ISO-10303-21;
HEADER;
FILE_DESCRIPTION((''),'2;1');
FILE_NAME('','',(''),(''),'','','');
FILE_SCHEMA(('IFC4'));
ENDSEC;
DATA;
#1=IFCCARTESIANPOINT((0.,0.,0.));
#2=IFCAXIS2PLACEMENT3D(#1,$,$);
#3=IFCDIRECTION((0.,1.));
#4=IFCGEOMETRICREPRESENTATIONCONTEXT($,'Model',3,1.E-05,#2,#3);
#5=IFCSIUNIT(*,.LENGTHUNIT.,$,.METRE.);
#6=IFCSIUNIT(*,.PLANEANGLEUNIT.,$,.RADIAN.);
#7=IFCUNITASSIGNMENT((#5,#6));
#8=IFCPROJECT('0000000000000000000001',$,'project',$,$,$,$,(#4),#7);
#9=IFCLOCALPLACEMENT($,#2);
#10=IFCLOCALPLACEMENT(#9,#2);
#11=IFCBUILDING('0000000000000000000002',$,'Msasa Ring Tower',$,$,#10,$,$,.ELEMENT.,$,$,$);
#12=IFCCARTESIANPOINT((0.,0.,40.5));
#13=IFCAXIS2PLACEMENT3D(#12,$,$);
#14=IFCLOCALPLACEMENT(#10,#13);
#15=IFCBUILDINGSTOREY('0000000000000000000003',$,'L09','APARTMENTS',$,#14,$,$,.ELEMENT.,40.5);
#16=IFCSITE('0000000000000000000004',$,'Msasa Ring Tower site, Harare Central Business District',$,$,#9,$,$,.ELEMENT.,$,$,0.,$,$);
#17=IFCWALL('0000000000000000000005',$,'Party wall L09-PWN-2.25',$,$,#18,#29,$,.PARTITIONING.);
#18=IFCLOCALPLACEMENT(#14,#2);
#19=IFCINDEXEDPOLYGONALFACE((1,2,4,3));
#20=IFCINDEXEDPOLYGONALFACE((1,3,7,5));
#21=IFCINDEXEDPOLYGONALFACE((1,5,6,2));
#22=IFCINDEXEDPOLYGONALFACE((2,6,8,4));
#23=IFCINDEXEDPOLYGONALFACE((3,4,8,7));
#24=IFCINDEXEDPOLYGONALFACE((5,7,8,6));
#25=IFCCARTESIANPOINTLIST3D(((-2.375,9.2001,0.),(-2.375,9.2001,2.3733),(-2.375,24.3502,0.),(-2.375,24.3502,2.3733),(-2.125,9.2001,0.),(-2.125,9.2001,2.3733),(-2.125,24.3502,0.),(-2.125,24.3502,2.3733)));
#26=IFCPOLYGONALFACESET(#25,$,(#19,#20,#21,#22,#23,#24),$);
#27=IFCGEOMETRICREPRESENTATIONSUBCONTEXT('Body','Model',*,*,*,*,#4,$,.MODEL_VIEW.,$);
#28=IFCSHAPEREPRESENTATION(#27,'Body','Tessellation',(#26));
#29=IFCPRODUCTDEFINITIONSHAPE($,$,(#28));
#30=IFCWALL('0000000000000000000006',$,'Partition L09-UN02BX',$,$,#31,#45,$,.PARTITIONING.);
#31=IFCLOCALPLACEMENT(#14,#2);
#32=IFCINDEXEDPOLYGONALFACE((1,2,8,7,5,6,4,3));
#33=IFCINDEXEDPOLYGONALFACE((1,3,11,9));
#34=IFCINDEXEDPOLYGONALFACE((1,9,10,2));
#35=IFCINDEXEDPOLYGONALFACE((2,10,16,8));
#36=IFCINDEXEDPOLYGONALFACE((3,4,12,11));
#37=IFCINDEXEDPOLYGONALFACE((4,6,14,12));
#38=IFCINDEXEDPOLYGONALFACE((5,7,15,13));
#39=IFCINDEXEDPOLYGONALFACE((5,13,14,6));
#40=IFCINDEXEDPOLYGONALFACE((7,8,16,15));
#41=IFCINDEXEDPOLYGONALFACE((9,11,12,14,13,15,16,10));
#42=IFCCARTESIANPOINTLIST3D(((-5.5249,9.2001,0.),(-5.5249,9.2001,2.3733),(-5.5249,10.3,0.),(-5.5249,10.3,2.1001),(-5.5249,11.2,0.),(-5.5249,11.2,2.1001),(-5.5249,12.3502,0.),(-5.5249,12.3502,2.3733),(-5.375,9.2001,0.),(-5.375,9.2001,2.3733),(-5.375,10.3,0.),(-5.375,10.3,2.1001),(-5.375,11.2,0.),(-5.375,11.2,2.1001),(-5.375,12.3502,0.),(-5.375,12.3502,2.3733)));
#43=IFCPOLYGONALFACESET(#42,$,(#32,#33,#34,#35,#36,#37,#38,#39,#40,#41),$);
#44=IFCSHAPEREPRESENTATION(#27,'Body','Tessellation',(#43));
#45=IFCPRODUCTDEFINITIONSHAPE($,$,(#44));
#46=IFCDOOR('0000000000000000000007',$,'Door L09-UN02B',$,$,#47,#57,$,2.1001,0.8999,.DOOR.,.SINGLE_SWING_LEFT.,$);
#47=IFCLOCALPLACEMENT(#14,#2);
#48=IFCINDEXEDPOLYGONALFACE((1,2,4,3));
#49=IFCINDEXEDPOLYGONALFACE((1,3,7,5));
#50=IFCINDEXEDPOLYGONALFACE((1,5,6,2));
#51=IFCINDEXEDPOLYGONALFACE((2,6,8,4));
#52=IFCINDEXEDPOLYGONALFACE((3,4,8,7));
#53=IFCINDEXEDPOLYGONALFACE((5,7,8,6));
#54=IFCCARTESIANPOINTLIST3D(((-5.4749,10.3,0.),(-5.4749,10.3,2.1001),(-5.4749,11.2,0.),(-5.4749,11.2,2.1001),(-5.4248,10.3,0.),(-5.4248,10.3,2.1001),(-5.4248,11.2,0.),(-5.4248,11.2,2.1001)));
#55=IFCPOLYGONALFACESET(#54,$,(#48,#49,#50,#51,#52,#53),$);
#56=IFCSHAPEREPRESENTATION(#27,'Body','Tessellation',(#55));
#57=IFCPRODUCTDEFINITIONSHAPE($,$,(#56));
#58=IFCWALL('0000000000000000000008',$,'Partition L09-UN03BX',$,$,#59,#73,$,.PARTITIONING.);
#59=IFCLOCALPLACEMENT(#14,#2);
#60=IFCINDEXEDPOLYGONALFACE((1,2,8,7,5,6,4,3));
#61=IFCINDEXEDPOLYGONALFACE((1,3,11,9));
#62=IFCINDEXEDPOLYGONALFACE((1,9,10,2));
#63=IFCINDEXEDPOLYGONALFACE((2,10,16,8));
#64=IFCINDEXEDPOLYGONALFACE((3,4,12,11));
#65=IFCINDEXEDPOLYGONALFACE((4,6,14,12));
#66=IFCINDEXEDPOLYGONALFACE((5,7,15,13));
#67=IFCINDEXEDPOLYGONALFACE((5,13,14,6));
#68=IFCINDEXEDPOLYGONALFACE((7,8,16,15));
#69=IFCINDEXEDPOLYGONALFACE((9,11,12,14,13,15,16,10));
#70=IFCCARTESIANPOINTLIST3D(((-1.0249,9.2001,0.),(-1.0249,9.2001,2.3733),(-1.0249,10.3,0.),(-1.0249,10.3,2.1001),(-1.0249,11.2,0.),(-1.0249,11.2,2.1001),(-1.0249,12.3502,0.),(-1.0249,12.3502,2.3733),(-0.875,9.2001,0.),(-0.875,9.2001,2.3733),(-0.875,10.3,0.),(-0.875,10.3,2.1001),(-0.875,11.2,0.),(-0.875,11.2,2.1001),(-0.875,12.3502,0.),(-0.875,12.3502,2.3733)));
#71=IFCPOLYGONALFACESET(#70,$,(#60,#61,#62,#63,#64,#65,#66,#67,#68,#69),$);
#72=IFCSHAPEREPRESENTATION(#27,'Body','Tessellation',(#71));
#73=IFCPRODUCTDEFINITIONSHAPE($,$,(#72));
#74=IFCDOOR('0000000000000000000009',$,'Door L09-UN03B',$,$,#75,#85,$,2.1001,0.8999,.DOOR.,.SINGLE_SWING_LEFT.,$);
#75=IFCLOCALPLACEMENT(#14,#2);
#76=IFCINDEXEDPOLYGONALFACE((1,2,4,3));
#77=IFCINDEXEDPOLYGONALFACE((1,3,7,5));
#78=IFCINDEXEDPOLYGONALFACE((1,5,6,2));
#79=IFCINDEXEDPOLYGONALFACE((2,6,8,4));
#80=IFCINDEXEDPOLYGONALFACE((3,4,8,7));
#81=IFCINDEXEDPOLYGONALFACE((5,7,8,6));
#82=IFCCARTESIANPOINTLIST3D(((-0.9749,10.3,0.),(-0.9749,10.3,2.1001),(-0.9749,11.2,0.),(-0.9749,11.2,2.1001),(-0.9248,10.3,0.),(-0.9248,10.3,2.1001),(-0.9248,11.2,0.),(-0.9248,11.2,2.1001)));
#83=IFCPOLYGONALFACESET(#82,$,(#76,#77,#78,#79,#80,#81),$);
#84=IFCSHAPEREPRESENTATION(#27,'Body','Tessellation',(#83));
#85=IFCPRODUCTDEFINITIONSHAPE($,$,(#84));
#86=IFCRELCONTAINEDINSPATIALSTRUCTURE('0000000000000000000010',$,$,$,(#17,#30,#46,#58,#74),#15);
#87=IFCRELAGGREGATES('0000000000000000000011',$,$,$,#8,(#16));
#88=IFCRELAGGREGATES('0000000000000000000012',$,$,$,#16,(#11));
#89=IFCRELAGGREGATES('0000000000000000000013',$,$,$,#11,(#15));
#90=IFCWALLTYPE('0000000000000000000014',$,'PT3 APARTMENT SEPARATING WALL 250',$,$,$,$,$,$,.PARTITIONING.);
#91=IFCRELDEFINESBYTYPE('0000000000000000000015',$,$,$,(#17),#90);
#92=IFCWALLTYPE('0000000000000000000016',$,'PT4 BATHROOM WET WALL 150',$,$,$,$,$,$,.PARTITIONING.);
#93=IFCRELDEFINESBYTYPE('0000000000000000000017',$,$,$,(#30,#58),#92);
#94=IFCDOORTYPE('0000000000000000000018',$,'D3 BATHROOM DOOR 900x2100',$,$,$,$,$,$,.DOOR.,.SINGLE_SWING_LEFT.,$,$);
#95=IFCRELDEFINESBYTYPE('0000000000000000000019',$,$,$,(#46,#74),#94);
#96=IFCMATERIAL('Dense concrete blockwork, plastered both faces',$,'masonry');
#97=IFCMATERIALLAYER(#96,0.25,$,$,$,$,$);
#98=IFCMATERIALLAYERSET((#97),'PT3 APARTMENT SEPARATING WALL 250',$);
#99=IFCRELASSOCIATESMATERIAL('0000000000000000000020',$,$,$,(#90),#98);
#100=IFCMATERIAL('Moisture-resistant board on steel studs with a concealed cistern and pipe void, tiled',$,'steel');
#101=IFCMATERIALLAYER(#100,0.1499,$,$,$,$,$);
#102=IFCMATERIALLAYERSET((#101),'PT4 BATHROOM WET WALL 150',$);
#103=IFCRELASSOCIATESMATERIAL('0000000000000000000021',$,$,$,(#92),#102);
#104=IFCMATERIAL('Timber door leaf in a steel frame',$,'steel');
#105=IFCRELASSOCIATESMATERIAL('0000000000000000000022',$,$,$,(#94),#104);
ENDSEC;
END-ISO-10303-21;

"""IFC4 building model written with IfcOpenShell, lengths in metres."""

from ifc_helpers import new_model, si_unit, direction, frame, frame_2d, origin, place, context, subcontext, project, spatial, rectangle, extrude, material, layer, layer_set, type_object, element, fill, save


model = new_model("IFC4")

# Units and contexts
model_context = context("Model", 3, precision=1e-05, world=origin(), true_north=direction((0.0, 1.0)))
body_context = subcontext(model_context, "Body", "Model", "MODEL_VIEW")
ifc_project = project(units=[si_unit("LENGTHUNIT", "METRE"), si_unit("PLANEANGLEUNIT", "RADIAN")], contexts=[model_context])

# Site, building, storey
site_placement = place(None, origin())
site = spatial("IfcSite", under=ifc_project, at=site_placement, Name="Msasa Ring Tower site, Harare Central Business District", CompositionType="ELEMENT", RefElevation=0.0)
building_placement = place(site_placement, origin())
building = spatial("IfcBuilding", under=site, at=building_placement, Name="Msasa Ring Tower", CompositionType="ELEMENT")
storey_placement = place(building_placement, frame((0.0, 0.0, 40.5)))
storey = spatial("IfcBuildingStorey", under=building, at=storey_placement, Name="L09", Description="APARTMENTS", CompositionType="ELEMENT", Elevation=40.5)

# Wall
ifc_material_1 = material(Name="Dense concrete blockwork, plastered both faces", Category="masonry")
ifc_layer_1 = layer(ifc_material_1, 0.25)
ifc_layer_set_1 = layer_set([ifc_layer_1], Name="PT3 APARTMENT SEPARATING WALL 250")
wall_type_1 = type_object("IfcWallType", Name="PT3 APARTMENT SEPARATING WALL 250", PredefinedType="PARTITIONING", material=ifc_layer_set_1)
for number, where, z_axis, x_axis, name in (
    (1, (-2.25, 9.2, 0.0), (0.0, 0.0, 1.0), (0.0, 1.0, 0.0), "Party wall L09-PWN-2.25"),
):
    element("IfcWall", number, at=place(storey_placement, frame(where, z_axis=z_axis, x_axis=x_axis)), inside=storey, type_object=wall_type_1, Name=name, PredefinedType="PARTITIONING", context=body_context, shape_type="SweptSolid", body=[
        extrude(rectangle(XDim=15.1501, YDim=0.25, at=frame_2d((7.5752, 0.0))), origin(), (0.0, 0.0, 1.0), 2.3733),
    ])

# Walls, openings, doors
ifc_material_2 = material(Name="Moisture-resistant board on steel studs with a concealed cistern and pipe void, tiled", Category="steel")
ifc_layer_2 = layer(ifc_material_2, 0.1499)
ifc_layer_set_2 = layer_set([ifc_layer_2], Name="PT4 BATHROOM WET WALL 150")
wall_type_2 = type_object("IfcWallType", Name="PT4 BATHROOM WET WALL 150", PredefinedType="PARTITIONING", material=ifc_layer_set_2)
wall_1_placement = place(storey_placement, frame((-5.45, 9.2, 0.0), z_axis=(0.0, 0.0, 1.0), x_axis=(0.0, 1.0, 0.0)))
wall_1 = element("IfcWall", 2, at=wall_1_placement, inside=storey, type_object=wall_type_2, Name="Partition L09-UN02BX", PredefinedType="PARTITIONING", context=body_context, shape_type="SweptSolid", body=[
    extrude(rectangle(XDim=3.1501, YDim=0.1499, at=frame_2d((1.5752, 0.0))), origin(), (0.0, 0.0, 1.0), 2.3733),
])
opening_1_placement = place(wall_1_placement, frame((1.1001, 0.0, 0.0)))
opening_1 = element("IfcOpeningElement", 3, at=opening_1_placement, cuts=wall_1, PredefinedType="OPENING", context=body_context, shape_type="SweptSolid", body=[
    extrude(rectangle(XDim=0.8999, YDim=2.1001, at=frame_2d((0.45, 1.05))), frame((0.0, 0.085, 0.0), z_axis=(0.0, -1.0, 0.0), x_axis=(1.0, 0.0, 0.0)), (0.0, 0.0, 1.0), 0.1699),
])
ifc_material_3 = material(Name="Timber door leaf in a steel frame", Category="steel")
door_type_1 = type_object("IfcDoorType", Name="D3 BATHROOM DOOR 900x2100", OperationType="SINGLE_SWING_LEFT", PredefinedType="DOOR", material=ifc_material_3)
door_1_placement = place(opening_1_placement, origin())
door_1 = element("IfcDoor", 4, at=door_1_placement, inside=storey, type_object=door_type_1, Name="Door L09-UN02B", OperationType="SINGLE_SWING_LEFT", OverallHeight=2.1001, OverallWidth=0.8999, PredefinedType="DOOR", context=body_context, shape_type="SweptSolid", body=[
    extrude(rectangle(XDim=0.8999, YDim=2.1001, at=frame_2d((0.45, 1.05))), frame((0.0, 0.0249, 0.0), z_axis=(0.0, -1.0, 0.0), x_axis=(1.0, 0.0, 0.0)), (0.0, 0.0, 1.0), 0.05),
])
fill(opening_1, door_1)
wall_2_placement = place(storey_placement, frame((-0.95, 9.2, 0.0), z_axis=(0.0, 0.0, 1.0), x_axis=(0.0, 1.0, 0.0)))
wall_2 = element("IfcWall", 5, at=wall_2_placement, inside=storey, type_object=wall_type_2, Name="Partition L09-UN03BX", PredefinedType="PARTITIONING", context=body_context, shape_type="SweptSolid", body=[
    extrude(rectangle(XDim=3.1501, YDim=0.1499, at=frame_2d((1.5752, 0.0))), origin(), (0.0, 0.0, 1.0), 2.3733),
])
opening_2_placement = place(wall_2_placement, frame((1.1001, 0.0, 0.0)))
opening_2 = element("IfcOpeningElement", 6, at=opening_2_placement, cuts=wall_2, PredefinedType="OPENING", context=body_context, shape_type="SweptSolid", body=[
    extrude(rectangle(XDim=0.8999, YDim=2.1001, at=frame_2d((0.45, 1.05))), frame((0.0, 0.085, 0.0), z_axis=(0.0, -1.0, 0.0), x_axis=(1.0, 0.0, 0.0)), (0.0, 0.0, 1.0), 0.1699),
])
door_2_placement = place(opening_2_placement, origin())
door_2 = element("IfcDoor", 7, at=door_2_placement, inside=storey, type_object=door_type_1, Name="Door L09-UN03B", OperationType="SINGLE_SWING_LEFT", OverallHeight=2.1001, OverallWidth=0.8999, PredefinedType="DOOR", context=body_context, shape_type="SweptSolid", body=[
    extrude(rectangle(XDim=0.8999, YDim=2.1001, at=frame_2d((0.45, 1.05))), frame((0.0, 0.0249, 0.0), z_axis=(0.0, -1.0, 0.0), x_axis=(1.0, 0.0, 0.0)), (0.0, 0.0, 1.0), 0.05),
])
fill(opening_2, door_2)

save(model, "model.ifc")
